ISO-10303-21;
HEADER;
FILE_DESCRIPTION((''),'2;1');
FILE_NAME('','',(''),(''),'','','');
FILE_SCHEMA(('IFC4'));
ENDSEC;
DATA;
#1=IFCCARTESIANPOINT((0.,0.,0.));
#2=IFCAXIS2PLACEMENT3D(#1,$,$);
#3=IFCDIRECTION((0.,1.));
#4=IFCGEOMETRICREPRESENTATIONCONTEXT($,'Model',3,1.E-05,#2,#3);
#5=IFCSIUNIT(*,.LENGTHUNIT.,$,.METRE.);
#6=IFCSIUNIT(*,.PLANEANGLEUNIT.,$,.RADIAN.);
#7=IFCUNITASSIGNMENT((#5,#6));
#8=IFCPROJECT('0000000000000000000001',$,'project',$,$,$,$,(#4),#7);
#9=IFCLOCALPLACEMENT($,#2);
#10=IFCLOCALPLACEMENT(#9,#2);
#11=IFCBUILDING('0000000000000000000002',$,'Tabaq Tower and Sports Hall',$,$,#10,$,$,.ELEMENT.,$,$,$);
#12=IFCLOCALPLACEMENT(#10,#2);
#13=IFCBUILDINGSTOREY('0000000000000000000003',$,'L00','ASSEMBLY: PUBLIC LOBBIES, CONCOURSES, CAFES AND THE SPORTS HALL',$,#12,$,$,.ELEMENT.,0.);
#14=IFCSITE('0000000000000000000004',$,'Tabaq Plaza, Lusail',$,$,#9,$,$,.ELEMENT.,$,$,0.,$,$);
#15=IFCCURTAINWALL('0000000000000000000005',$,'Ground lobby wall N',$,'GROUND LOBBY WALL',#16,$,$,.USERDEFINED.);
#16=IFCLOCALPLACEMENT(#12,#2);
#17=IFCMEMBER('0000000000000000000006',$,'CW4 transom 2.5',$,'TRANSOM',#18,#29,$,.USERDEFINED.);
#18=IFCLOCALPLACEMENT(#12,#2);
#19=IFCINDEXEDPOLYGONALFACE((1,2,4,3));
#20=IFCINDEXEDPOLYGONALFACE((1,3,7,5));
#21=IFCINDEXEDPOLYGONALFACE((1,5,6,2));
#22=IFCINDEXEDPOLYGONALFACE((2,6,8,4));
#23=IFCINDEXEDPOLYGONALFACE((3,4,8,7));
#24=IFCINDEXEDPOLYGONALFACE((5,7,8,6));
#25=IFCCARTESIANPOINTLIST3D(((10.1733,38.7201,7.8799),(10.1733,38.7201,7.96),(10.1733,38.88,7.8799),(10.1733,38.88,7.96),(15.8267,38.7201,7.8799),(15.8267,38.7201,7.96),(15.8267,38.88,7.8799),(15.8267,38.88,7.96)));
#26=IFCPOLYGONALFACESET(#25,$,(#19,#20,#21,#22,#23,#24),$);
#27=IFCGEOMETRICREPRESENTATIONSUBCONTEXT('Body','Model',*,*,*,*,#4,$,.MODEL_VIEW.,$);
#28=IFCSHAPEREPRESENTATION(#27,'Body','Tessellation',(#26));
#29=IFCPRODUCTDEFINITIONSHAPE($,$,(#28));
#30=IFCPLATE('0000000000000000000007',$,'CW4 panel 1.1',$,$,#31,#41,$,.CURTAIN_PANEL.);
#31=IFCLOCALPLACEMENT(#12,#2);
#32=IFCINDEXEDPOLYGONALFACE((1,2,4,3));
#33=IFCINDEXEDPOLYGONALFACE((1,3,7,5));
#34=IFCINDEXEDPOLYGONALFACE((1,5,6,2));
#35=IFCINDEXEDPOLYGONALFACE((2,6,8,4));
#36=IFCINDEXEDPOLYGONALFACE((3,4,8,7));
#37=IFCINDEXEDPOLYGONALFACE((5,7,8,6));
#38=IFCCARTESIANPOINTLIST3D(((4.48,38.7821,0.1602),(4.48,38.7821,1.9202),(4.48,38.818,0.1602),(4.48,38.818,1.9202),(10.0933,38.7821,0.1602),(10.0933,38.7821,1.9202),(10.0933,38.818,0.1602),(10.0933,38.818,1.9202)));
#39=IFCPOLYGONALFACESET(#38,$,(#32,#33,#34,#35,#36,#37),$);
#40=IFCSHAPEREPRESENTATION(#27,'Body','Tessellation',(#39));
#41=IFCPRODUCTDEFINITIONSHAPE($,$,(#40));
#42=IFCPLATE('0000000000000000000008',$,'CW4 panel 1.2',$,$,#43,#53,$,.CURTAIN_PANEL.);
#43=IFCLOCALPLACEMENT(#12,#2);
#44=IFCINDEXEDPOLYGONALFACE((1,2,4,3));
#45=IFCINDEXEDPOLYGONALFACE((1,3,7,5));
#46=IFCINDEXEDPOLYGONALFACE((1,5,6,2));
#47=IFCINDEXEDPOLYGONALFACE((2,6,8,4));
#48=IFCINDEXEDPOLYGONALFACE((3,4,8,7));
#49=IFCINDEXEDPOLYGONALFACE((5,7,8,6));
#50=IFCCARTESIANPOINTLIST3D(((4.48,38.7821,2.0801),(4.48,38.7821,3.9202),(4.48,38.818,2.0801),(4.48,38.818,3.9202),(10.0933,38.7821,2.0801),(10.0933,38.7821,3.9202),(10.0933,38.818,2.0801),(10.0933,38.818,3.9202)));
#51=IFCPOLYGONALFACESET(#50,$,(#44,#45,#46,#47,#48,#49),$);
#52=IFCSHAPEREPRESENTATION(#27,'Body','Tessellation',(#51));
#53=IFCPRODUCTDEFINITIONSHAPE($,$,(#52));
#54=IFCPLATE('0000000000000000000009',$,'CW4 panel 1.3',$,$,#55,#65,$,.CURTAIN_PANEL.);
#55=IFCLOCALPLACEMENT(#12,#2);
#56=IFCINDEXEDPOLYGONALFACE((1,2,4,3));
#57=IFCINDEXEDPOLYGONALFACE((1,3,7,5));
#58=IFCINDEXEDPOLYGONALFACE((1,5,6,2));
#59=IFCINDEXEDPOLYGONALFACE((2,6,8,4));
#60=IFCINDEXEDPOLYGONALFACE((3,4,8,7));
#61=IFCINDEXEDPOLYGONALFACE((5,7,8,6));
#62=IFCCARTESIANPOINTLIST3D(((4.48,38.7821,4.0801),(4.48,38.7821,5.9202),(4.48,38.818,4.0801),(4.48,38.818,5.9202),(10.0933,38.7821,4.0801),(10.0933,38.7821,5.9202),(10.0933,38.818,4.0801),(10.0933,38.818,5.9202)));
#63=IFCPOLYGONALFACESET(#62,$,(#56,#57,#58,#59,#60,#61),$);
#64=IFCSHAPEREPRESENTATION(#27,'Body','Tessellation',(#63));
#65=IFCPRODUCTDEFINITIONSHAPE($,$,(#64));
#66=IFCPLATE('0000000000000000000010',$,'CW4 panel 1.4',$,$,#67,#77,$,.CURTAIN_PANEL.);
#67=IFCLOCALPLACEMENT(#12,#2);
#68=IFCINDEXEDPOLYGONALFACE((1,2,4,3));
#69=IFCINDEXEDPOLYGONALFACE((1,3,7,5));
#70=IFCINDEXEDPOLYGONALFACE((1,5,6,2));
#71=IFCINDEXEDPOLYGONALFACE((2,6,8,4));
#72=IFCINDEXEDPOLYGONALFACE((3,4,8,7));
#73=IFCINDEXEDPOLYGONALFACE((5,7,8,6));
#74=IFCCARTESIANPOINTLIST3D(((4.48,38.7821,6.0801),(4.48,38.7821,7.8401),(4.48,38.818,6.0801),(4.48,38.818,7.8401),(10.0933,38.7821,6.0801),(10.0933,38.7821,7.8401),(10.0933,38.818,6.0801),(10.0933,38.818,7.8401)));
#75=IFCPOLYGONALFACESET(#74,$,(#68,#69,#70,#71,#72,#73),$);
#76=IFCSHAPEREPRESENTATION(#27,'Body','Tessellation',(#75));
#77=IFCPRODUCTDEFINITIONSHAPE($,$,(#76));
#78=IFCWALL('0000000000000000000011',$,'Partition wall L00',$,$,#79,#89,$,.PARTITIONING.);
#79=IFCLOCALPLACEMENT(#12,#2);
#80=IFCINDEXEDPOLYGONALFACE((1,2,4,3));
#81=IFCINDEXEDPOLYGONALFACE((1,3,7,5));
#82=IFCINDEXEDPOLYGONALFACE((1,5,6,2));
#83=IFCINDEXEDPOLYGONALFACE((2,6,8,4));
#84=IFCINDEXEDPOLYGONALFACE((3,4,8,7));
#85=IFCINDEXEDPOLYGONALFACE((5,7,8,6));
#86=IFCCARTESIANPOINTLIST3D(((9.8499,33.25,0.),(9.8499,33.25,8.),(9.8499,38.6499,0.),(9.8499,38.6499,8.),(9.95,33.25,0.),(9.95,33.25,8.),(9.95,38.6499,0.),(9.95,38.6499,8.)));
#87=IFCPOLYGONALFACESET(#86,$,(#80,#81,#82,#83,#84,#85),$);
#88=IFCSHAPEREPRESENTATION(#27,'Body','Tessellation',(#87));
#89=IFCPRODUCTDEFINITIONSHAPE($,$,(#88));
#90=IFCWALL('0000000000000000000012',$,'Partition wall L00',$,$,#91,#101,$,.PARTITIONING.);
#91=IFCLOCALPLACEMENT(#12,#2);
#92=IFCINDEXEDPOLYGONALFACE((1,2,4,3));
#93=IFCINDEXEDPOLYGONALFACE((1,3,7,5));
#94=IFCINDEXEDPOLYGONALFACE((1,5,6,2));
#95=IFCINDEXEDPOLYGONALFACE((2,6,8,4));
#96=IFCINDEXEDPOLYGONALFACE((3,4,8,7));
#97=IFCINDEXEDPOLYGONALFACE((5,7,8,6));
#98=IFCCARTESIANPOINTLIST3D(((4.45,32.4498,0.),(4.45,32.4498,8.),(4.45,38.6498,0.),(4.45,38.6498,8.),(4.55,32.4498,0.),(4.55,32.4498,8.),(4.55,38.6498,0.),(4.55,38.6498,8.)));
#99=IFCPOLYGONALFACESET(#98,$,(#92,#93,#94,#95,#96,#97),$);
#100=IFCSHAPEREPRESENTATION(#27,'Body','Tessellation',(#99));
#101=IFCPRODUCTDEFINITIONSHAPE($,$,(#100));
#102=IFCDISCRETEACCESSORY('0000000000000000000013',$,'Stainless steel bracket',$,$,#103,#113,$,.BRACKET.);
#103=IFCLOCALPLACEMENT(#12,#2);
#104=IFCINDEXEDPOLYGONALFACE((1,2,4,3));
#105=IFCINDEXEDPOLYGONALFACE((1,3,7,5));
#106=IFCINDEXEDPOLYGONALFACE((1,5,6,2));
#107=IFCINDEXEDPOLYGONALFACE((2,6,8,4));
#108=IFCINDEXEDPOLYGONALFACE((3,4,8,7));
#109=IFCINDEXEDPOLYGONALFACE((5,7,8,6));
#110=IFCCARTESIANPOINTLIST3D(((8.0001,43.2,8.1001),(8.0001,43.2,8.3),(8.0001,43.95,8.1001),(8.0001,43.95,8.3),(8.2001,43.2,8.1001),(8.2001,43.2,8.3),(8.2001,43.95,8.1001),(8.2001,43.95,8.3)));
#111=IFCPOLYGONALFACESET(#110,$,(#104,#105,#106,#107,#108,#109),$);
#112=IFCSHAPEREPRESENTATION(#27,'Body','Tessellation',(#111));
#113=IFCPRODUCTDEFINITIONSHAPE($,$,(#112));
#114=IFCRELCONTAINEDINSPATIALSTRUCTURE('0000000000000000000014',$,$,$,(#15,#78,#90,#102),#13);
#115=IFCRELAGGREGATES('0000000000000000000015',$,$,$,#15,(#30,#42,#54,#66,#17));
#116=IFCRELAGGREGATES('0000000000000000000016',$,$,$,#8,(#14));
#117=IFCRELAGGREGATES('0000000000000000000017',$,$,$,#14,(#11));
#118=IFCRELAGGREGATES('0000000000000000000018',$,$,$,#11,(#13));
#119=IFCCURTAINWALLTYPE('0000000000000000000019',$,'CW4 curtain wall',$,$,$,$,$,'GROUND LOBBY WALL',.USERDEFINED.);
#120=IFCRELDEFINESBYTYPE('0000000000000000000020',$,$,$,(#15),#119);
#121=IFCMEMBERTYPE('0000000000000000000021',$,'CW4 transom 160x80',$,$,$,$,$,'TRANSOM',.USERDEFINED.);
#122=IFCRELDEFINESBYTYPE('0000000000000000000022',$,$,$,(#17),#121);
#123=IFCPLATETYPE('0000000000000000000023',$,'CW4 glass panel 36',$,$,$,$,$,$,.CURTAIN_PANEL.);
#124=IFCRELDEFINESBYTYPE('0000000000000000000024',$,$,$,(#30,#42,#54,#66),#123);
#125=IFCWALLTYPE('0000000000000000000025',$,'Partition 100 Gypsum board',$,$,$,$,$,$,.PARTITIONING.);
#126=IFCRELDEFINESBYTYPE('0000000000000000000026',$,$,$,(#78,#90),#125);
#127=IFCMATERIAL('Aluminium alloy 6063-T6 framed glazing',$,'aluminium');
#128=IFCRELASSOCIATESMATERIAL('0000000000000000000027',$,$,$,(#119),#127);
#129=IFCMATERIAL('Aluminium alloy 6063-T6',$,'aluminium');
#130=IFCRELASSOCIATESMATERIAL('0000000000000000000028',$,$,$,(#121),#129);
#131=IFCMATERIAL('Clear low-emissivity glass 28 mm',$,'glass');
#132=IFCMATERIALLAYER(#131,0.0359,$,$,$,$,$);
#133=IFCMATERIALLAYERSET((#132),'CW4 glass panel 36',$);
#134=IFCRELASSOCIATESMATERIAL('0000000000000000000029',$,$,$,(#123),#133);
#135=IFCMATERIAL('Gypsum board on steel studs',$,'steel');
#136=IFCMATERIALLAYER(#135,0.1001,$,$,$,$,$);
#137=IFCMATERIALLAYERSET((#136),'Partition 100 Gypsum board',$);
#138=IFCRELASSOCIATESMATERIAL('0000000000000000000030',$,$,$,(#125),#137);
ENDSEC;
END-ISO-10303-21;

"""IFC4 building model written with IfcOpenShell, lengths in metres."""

from ifc_helpers import new_model, si_unit, direction, frame, frame_2d, origin, origin_2d, place, context, subcontext, project, spatial, rectangle, extrude, material, layer, layer_set, material_profile, profile_set, type_object, element, aggregate, save


model = new_model("IFC4")

# Units and contexts
model_context = context("Model", 3, precision=1e-05, world=origin(), true_north=direction((0.0, 1.0)))
body_context = subcontext(model_context, "Body", "Model", "MODEL_VIEW")
ifc_project = project(units=[si_unit("LENGTHUNIT", "METRE"), si_unit("PLANEANGLEUNIT", "RADIAN")], contexts=[model_context])

# Site, building, storey
site_placement = place(None, origin())
site = spatial("IfcSite", under=ifc_project, at=site_placement, Name="Tabaq Plaza, Lusail", CompositionType="ELEMENT", RefElevation=0.0)
building_placement = place(site_placement, origin())
building = spatial("IfcBuilding", under=site, at=building_placement, Name="Tabaq Tower and Sports Hall", CompositionType="ELEMENT")
storey_placement = place(building_placement, origin())
storey = spatial("IfcBuildingStorey", under=building, at=storey_placement, Name="L00", Description="ASSEMBLY: PUBLIC LOBBIES, CONCOURSES, CAFES AND THE SPORTS HALL", CompositionType="ELEMENT", Elevation=0.0)

# Curtain wall
ifc_material_1 = material(Name="Aluminium alloy 6063-T6 framed glazing", Category="aluminium")
curtain_wall_type = type_object("IfcCurtainWallType", Name="CW4 curtain wall", ElementType="GROUND LOBBY WALL", PredefinedType="USERDEFINED", material=ifc_material_1)
curtain_wall_1_placement = place(storey_placement, origin())
curtain_wall_1 = element("IfcCurtainWall", 1, at=curtain_wall_1_placement, inside=storey, type_object=curtain_wall_type, Name="Ground lobby wall N", ObjectType="GROUND LOBBY WALL", PredefinedType="USERDEFINED")

# Member
ifc_material_2 = material(Name="Aluminium alloy 6063-T6", Category="aluminium")
ifc_material_profile_1 = material_profile(ifc_material_2, rectangle(XDim=0.1599, YDim=0.0801, at=origin_2d()), Name="TRANSOM 160x80")
ifc_profile_set_1 = profile_set([ifc_material_profile_1], Name="Aluminium alloy 6063-T6")
member_type_1 = type_object("IfcMemberType", Name="CW4 transom 160x80", ElementType="TRANSOM", PredefinedType="USERDEFINED", material=ifc_profile_set_1)
member_1_placement = place(storey_placement, frame((10.1733, 38.8, 7.9199), z_axis=(1.0, 0.0, 0.0), x_axis=(0.0, 1.0, 0.0)))
member_1 = element("IfcMember", 2, at=member_1_placement, type_object=member_type_1, Name="CW4 transom 2.5", ObjectType="TRANSOM", PredefinedType="USERDEFINED", context=body_context, shape_type="SweptSolid", body=[
    extrude(rectangle(XDim=0.1599, YDim=0.0801, at=origin_2d()), origin(), (0.0, 0.0, 1.0), 5.6533),
])

# Plates
ifc_material_3 = material(Name="Clear low-emissivity glass 28 mm", Category="glass")
ifc_layer_1 = layer(ifc_material_3, 0.0359)
ifc_layer_set_1 = layer_set([ifc_layer_1], Name="CW4 glass panel 36")
plate_type = type_object("IfcPlateType", Name="CW4 glass panel 36", PredefinedType="CURTAIN_PANEL", material=ifc_layer_set_1)
plate_1_placement = place(storey_placement, frame((7.2866, 38.8, 0.1602), z_axis=(0.0, 0.0, 1.0), x_axis=(1.0, 0.0, 0.0)))
plate_1 = element("IfcPlate", 3, at=plate_1_placement, type_object=plate_type, Name="CW4 panel 1.1", PredefinedType="CURTAIN_PANEL", context=body_context, shape_type="SweptSolid", body=[
    extrude(rectangle(XDim=5.6133, YDim=0.0359, at=origin_2d()), origin(), (0.0, 0.0, 1.0), 1.76),
])
plate_2_placement = place(storey_placement, frame((7.2866, 38.8, 2.0801), z_axis=(0.0, 0.0, 1.0), x_axis=(1.0, 0.0, 0.0)))
plate_2 = element("IfcPlate", 4, at=plate_2_placement, type_object=plate_type, Name="CW4 panel 1.2", PredefinedType="CURTAIN_PANEL", context=body_context, shape_type="SweptSolid", body=[
    extrude(rectangle(XDim=5.6133, YDim=0.0359, at=origin_2d()), origin(), (0.0, 0.0, 1.0), 1.8401),
])
plate_3_placement = place(storey_placement, frame((7.2866, 38.8, 4.0801), z_axis=(0.0, 0.0, 1.0), x_axis=(1.0, 0.0, 0.0)))
plate_3 = element("IfcPlate", 5, at=plate_3_placement, type_object=plate_type, Name="CW4 panel 1.3", PredefinedType="CURTAIN_PANEL", context=body_context, shape_type="SweptSolid", body=[
    extrude(rectangle(XDim=5.6133, YDim=0.0359, at=origin_2d()), origin(), (0.0, 0.0, 1.0), 1.8401),
])
plate_4_placement = place(storey_placement, frame((7.2866, 38.8, 6.0801), z_axis=(0.0, 0.0, 1.0), x_axis=(1.0, 0.0, 0.0)))
plate_4 = element("IfcPlate", 6, at=plate_4_placement, type_object=plate_type, Name="CW4 panel 1.4", PredefinedType="CURTAIN_PANEL", context=body_context, shape_type="SweptSolid", body=[
    extrude(rectangle(XDim=5.6133, YDim=0.0359, at=origin_2d()), origin(), (0.0, 0.0, 1.0), 1.76),
])
aggregate(curtain_wall_1, [plate_1, plate_2, plate_3, plate_4, member_1])

# Walls
ifc_material_4 = material(Name="Gypsum board on steel studs", Category="steel")
ifc_layer_2 = layer(ifc_material_4, 0.1001)
ifc_layer_set_2 = layer_set([ifc_layer_2], Name="Partition 100 Gypsum board")
wall_type = type_object("IfcWallType", Name="Partition 100 Gypsum board", PredefinedType="PARTITIONING", material=ifc_layer_set_2)
wall_1_placement = place(storey_placement, frame((9.8999, 38.6499, 0.0), z_axis=(0.0, 0.0, 1.0), x_axis=(0.0, -1.0, 0.0)))
element("IfcWall", 7, at=wall_1_placement, inside=storey, type_object=wall_type, Name="Partition wall L00", PredefinedType="PARTITIONING", context=body_context, shape_type="SweptSolid", body=[
    extrude(rectangle(XDim=5.3999, YDim=0.1001, at=frame_2d((2.7, 0.0))), origin(), (0.0, 0.0, 1.0), 8.0),
])
wall_2_placement = place(storey_placement, frame((4.5, 38.6499, 0.0), z_axis=(0.0, 0.0, 1.0), x_axis=(0.0, -1.0, 0.0)))
element("IfcWall", 8, at=wall_2_placement, inside=storey, type_object=wall_type, Name="Partition wall L00", PredefinedType="PARTITIONING", context=body_context, shape_type="SweptSolid", body=[
    extrude(rectangle(XDim=6.2, YDim=0.1001, at=frame_2d((3.1001, 0.0))), origin(), (0.0, 0.0, 1.0), 8.0),
])

# Discrete accessory
discrete_accessory_placement = place(storey_placement, frame((8.1001, 43.575, 8.1001), z_axis=(0.0, 0.0, 1.0), x_axis=(1.0, 0.0, 0.0)))
element("IfcDiscreteAccessory", 9, at=discrete_accessory_placement, inside=storey, Name="Stainless steel bracket", PredefinedType="BRACKET", context=body_context, shape_type="SweptSolid", body=[
    extrude(rectangle(XDim=0.2, YDim=0.75, at=origin_2d()), origin(), (0.0, 0.0, 1.0), 0.2),
])

save(model, "model.ifc")
